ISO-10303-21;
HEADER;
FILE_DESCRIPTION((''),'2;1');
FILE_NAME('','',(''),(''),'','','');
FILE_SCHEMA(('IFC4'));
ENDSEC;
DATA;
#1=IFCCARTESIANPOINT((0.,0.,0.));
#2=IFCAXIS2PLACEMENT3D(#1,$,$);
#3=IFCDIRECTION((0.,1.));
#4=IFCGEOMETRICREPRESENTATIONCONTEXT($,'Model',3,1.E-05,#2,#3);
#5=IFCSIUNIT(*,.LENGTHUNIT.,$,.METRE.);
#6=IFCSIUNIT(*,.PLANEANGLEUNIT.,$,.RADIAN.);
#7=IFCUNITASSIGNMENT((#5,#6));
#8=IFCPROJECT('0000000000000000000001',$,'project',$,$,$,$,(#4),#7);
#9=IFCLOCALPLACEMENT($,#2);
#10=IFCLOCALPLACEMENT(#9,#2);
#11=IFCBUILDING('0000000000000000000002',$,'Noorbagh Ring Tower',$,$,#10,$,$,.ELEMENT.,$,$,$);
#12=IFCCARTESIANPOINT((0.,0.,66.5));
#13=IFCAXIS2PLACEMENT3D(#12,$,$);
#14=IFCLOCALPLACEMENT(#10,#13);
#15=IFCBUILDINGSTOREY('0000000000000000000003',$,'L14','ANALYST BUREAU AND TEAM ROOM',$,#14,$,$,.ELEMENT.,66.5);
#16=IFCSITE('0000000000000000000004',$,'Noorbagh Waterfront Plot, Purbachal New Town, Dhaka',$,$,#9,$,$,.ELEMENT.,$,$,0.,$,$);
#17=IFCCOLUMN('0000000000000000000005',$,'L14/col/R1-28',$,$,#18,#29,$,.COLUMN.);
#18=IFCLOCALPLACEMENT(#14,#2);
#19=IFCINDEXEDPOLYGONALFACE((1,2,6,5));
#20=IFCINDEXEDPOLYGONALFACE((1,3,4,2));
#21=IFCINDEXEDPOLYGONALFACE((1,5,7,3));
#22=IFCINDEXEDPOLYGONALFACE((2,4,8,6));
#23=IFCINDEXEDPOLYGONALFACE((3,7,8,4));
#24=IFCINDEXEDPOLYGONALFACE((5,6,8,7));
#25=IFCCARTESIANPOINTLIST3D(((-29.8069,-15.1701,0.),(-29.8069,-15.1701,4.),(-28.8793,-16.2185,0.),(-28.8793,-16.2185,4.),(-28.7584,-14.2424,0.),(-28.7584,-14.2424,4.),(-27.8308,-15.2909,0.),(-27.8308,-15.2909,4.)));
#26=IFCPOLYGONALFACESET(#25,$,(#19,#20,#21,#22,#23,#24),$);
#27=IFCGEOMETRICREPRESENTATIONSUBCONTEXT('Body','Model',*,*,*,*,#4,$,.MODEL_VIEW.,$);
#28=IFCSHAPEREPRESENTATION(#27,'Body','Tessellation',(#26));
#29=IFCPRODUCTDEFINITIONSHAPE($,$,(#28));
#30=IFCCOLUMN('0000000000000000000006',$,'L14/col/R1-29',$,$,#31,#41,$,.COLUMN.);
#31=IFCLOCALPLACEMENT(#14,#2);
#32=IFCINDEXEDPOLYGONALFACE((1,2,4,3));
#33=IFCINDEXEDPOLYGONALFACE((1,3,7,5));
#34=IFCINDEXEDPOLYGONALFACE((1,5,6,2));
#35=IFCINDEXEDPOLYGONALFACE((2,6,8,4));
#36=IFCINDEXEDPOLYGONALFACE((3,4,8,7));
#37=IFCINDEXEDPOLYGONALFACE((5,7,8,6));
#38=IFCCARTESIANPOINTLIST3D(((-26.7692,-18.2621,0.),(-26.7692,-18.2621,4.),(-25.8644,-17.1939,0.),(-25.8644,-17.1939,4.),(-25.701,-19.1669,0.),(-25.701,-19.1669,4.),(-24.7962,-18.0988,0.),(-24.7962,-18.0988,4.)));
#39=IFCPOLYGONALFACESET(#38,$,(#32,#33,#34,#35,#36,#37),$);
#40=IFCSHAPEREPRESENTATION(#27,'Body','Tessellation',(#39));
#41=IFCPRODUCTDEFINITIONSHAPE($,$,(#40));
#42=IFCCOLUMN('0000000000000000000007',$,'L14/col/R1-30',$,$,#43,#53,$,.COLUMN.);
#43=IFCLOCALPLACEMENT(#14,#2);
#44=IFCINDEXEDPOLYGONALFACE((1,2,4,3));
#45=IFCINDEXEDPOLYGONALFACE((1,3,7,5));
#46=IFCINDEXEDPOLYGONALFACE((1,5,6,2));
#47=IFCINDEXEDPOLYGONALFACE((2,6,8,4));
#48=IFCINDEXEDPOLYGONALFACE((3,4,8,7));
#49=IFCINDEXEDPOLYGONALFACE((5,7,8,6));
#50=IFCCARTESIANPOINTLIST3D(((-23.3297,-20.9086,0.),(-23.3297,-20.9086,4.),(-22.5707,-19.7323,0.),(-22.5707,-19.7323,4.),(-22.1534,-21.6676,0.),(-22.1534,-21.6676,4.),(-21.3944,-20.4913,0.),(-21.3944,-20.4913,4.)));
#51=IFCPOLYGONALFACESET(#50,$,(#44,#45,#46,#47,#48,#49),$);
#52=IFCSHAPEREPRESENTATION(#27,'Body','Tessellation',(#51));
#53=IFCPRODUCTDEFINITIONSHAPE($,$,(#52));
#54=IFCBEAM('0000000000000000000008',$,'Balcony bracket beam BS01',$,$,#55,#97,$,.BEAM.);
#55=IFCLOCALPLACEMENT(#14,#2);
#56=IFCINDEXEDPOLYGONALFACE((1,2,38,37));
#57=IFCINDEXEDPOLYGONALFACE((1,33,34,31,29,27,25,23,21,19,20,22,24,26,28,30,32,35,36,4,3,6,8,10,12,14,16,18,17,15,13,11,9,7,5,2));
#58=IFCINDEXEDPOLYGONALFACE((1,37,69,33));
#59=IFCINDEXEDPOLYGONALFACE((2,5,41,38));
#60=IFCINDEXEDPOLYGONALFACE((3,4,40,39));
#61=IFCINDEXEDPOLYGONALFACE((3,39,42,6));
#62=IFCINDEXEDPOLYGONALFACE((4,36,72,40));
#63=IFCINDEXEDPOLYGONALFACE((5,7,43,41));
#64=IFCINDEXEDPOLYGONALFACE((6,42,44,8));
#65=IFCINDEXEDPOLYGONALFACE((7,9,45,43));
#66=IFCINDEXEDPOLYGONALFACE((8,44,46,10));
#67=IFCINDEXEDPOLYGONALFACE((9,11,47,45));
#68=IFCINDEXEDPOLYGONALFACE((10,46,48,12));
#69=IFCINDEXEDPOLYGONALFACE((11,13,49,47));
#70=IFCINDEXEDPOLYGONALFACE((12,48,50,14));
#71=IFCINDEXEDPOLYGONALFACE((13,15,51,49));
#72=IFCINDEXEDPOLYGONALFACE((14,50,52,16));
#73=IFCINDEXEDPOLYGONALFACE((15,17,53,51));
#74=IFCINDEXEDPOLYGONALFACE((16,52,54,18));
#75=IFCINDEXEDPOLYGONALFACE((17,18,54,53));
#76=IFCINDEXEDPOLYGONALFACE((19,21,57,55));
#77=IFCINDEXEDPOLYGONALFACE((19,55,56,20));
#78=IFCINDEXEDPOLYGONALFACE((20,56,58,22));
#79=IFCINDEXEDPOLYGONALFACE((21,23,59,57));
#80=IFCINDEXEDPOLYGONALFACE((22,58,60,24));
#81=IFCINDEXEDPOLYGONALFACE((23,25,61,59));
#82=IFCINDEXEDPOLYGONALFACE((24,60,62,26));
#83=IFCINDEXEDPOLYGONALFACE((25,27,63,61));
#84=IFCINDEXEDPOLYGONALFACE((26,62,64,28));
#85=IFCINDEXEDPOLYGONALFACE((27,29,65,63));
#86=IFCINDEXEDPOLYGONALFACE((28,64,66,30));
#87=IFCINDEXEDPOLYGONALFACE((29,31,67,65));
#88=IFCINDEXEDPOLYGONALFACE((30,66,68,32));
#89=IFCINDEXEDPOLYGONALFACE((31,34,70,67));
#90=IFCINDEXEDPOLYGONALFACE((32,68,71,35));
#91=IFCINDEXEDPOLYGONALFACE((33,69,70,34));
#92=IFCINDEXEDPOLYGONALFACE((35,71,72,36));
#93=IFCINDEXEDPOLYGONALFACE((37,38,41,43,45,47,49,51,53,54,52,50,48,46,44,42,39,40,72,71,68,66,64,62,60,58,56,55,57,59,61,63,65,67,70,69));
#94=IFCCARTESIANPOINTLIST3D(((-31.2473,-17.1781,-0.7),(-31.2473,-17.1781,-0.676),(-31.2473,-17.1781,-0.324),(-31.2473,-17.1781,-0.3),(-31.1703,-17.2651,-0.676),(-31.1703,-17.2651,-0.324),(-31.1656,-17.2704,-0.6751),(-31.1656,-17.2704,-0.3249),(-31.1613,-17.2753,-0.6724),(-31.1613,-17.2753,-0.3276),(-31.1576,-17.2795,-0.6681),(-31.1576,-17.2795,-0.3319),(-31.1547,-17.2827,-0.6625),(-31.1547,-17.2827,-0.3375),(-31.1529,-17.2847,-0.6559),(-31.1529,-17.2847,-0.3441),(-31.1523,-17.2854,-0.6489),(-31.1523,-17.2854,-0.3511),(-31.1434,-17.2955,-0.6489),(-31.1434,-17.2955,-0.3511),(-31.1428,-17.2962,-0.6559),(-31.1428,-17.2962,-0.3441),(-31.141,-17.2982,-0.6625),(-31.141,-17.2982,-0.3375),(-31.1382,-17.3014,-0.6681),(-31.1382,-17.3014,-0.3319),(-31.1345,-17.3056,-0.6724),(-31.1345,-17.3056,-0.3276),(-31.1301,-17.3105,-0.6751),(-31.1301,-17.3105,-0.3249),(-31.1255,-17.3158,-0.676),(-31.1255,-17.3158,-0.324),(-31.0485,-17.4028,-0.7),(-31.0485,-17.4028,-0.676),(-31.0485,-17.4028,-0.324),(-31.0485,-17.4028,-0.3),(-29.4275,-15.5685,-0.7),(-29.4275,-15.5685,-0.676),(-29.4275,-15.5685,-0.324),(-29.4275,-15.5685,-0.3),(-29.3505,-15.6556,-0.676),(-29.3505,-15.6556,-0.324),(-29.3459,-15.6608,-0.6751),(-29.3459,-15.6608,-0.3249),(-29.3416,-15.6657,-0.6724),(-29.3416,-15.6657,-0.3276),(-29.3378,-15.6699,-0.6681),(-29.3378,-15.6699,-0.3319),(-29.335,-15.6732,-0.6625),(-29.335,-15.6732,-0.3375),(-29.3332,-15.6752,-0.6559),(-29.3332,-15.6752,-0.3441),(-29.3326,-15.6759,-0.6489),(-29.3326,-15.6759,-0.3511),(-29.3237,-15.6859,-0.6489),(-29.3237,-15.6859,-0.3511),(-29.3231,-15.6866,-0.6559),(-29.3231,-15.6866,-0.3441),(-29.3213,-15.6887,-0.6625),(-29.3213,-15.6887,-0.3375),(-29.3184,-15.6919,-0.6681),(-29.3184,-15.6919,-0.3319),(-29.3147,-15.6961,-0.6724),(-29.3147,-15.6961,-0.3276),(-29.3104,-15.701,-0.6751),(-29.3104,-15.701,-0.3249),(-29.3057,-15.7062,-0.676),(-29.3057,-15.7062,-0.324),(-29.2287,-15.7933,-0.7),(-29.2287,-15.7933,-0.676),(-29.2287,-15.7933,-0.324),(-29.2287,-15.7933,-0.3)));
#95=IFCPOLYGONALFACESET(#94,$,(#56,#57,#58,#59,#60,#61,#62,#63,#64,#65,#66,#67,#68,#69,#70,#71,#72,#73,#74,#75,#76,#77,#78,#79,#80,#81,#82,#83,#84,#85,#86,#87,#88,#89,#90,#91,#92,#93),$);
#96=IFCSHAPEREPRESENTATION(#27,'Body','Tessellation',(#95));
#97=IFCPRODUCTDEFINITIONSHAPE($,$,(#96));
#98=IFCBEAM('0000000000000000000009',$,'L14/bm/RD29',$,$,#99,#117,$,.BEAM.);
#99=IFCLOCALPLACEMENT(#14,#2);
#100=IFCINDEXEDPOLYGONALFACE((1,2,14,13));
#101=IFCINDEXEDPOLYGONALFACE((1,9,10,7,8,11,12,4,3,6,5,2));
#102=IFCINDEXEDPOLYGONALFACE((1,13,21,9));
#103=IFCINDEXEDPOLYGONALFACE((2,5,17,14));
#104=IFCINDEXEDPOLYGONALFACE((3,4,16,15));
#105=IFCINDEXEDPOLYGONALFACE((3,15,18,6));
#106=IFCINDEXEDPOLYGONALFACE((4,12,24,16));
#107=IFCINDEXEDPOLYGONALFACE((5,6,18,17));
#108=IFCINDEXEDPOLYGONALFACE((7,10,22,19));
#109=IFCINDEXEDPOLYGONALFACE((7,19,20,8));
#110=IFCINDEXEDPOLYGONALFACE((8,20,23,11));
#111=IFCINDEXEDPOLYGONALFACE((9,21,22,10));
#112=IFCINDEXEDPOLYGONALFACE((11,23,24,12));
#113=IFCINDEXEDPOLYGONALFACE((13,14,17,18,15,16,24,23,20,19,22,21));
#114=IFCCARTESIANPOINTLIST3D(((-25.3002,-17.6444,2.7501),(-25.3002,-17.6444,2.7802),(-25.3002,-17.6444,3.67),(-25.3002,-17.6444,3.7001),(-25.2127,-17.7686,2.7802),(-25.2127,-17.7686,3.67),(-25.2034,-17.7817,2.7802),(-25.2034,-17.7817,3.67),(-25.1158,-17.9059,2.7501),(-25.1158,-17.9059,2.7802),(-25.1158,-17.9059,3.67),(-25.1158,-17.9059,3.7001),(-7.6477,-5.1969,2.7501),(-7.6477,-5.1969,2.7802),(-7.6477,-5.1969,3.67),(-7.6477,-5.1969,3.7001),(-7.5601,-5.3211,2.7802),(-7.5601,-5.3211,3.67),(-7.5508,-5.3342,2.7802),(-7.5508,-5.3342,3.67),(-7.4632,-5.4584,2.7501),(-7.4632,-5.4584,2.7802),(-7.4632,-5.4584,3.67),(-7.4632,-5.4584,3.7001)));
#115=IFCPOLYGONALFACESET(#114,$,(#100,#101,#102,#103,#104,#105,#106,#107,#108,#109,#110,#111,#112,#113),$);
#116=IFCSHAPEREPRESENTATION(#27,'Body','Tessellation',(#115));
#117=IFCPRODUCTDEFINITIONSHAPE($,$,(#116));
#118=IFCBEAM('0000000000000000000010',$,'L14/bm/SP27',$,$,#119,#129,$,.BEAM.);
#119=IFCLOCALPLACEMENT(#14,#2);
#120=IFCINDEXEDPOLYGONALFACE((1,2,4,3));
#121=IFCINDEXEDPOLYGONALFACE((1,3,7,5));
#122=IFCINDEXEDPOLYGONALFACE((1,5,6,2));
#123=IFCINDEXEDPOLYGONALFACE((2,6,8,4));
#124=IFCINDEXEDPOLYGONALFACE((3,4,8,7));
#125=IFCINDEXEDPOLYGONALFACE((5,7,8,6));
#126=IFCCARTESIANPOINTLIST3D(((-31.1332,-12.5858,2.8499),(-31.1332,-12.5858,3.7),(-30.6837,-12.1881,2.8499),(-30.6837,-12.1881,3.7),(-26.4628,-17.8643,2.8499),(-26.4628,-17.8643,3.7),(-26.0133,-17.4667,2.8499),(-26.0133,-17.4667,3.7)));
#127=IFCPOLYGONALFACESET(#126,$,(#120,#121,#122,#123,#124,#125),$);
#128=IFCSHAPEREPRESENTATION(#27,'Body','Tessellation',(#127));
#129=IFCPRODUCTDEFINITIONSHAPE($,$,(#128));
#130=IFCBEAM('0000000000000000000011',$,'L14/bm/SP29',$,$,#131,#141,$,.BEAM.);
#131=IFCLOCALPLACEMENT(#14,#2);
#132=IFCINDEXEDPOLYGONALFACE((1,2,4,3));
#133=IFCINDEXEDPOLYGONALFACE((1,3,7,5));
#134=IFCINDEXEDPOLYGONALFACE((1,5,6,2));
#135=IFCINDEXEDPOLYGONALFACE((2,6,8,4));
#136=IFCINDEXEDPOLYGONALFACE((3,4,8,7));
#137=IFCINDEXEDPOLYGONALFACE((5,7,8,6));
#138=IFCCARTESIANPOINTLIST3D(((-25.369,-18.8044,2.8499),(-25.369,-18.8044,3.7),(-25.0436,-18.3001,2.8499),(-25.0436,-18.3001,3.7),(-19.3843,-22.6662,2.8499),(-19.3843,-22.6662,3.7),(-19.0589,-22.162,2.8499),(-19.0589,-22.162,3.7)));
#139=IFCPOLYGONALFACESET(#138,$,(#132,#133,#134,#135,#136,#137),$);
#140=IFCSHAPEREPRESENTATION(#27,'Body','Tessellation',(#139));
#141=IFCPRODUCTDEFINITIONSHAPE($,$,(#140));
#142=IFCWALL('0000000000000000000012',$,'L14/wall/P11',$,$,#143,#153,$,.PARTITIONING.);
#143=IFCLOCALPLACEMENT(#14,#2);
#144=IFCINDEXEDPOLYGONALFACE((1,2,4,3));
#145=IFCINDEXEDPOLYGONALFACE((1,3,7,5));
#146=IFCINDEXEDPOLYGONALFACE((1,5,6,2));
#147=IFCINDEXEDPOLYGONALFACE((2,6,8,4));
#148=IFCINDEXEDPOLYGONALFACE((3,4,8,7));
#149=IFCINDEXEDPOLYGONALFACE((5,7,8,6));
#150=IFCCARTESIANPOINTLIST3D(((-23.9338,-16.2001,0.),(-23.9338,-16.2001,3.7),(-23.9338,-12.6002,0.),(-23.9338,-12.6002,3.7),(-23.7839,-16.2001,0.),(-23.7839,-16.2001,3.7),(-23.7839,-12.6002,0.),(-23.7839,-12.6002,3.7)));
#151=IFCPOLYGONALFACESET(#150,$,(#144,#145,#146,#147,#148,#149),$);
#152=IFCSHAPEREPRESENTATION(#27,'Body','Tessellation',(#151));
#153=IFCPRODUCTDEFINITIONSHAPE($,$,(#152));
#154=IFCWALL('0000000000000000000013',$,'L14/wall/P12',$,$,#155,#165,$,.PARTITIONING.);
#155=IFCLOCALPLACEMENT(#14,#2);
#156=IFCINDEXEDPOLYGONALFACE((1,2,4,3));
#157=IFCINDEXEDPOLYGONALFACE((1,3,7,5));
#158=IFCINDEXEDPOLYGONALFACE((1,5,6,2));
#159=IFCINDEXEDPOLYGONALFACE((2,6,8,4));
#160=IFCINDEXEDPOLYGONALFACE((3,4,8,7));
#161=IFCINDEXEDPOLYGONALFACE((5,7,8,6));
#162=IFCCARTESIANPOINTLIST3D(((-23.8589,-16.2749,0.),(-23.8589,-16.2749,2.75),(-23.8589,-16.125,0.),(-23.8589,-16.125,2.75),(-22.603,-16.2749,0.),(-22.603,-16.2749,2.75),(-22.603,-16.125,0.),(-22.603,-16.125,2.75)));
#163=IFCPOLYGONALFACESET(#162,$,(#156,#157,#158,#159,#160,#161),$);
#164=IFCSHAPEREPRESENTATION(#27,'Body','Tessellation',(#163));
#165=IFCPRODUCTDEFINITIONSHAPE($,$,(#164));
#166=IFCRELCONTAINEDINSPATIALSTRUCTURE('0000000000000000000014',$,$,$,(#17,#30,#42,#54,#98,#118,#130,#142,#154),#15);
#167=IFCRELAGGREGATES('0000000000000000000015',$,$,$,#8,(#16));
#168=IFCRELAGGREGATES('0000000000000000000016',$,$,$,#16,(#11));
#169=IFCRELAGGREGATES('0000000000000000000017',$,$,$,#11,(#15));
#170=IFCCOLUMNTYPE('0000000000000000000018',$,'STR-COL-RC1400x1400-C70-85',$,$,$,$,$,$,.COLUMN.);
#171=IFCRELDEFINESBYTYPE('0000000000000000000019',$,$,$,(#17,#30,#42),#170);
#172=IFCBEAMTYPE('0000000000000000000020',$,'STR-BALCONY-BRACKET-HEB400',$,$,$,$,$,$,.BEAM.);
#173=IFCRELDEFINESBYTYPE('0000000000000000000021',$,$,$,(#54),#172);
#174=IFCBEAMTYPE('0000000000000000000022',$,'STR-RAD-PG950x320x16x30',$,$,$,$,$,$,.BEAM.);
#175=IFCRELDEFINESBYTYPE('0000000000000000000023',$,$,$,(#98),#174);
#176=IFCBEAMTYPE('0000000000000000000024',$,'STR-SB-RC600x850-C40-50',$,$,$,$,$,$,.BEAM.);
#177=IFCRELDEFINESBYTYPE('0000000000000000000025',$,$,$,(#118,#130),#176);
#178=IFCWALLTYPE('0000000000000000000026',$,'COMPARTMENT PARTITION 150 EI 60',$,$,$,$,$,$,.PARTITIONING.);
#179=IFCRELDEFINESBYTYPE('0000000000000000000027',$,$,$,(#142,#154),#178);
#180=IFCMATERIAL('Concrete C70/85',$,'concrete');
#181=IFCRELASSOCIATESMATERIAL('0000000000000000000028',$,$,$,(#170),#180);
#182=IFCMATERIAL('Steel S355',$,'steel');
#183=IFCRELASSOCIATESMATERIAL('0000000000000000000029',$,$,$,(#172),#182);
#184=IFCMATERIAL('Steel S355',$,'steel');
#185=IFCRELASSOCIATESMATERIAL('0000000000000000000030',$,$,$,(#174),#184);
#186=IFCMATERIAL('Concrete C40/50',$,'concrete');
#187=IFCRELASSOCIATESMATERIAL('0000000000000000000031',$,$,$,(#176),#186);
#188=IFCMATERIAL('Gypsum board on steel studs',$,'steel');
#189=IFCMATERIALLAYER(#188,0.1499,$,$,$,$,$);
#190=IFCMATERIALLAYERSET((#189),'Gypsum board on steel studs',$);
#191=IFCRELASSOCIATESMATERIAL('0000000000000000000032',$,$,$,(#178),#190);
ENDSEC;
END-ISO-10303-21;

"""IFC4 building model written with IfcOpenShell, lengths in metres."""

from ifc_helpers import new_model, si_unit, direction, frame, frame_2d, origin, origin_2d, place, context, subcontext, project, spatial, rectangle, i_section, extrude, material, layer, layer_set, material_profile, profile_set, type_object, element, save


model = new_model("IFC4")

# Units and contexts
model_context = context("Model", 3, precision=1e-05, world=origin(), true_north=direction((0.0, 1.0)))
body_context = subcontext(model_context, "Body", "Model", "MODEL_VIEW")
ifc_project = project(units=[si_unit("LENGTHUNIT", "METRE"), si_unit("PLANEANGLEUNIT", "RADIAN")], contexts=[model_context])

# Site, building, storey
site_placement = place(None, origin())
site = spatial("IfcSite", under=ifc_project, at=site_placement, Name="Noorbagh Waterfront Plot, Purbachal New Town, Dhaka", CompositionType="ELEMENT", RefElevation=0.0)
building_placement = place(site_placement, origin())
building = spatial("IfcBuilding", under=site, at=building_placement, Name="Noorbagh Ring Tower", CompositionType="ELEMENT")
storey_placement = place(building_placement, frame((0.0, 0.0, 66.5)))
storey = spatial("IfcBuildingStorey", under=building, at=storey_placement, Name="L14", Description="ANALYST BUREAU AND TEAM ROOM", CompositionType="ELEMENT", Elevation=66.5)

# Columns
ifc_material_1 = material(Name="Concrete C70/85", Category="concrete")
ifc_material_profile_1 = material_profile(ifc_material_1, rectangle(XDim=1.3999, YDim=1.3999, at=origin_2d()), Name="RC1400x1400")
ifc_profile_set_1 = profile_set([ifc_material_profile_1], Name="Concrete C70/85")
column_type = type_object("IfcColumnType", Name="STR-COL-RC1400x1400-C70-85", PredefinedType="COLUMN", material=ifc_profile_set_1)
for number, where, z_axis, x_axis, name in (
    (1, (-28.8188, -15.2305, 0.0), (0.0, 0.0, 1.0), (0.662636, -0.748942, 0.0), "L14/col/R1-28"),
    (2, (-25.7827, -18.1804, 0.0), (0.0, 0.0, 1.0), (0.763035, -0.646357, 0.0), "L14/col/R1-29"),
    (3, (-22.3621, -20.7, 0.0), (0.0, 0.0, 1.0), (0.840248, -0.542203, 0.0), "L14/col/R1-30"),
):
    element("IfcColumn", number, at=place(storey_placement, frame(where, z_axis=z_axis, x_axis=x_axis)), inside=storey, type_object=column_type, Name=name, PredefinedType="COLUMN", context=body_context, shape_type="SweptSolid", body=[
        extrude(rectangle(XDim=1.3999, YDim=1.3999, at=origin_2d()), origin(), (0.0, 0.0, 1.0), 4.0),
    ])

# Beams
ifc_material_2 = material(Name="Steel S355", Category="steel")
ifc_material_profile_2 = material_profile(ifc_material_2, i_section(OverallWidth=0.3, OverallDepth=0.3999, WebThickness=0.0134, FlangeThickness=0.0239, FilletRadius=0.0271, at=origin_2d()), Name="HEB400")
ifc_profile_set_2 = profile_set([ifc_material_profile_2], Name="Steel S355")
beam_type_1 = type_object("IfcBeamType", Name="STR-BALCONY-BRACKET-HEB400", PredefinedType="BEAM", material=ifc_profile_set_2)
beam_1_placement = place(storey_placement, frame((-29.3281, -15.6809, -0.5), z_axis=(-0.749043, -0.662522, 0.0), x_axis=(0.662522, -0.749043, 0.0)))
element("IfcBeam", 4, at=beam_1_placement, inside=storey, type_object=beam_type_1, Name="Balcony bracket beam BS01", PredefinedType="BEAM", context=body_context, shape_type="SweptSolid", body=[
    extrude(i_section(OverallWidth=0.3, OverallDepth=0.3999, WebThickness=0.0134, FlangeThickness=0.0239, FilletRadius=0.0271, at=origin_2d()), origin(), (0.0, 0.0, 1.0), 2.4294),
])
ifc_material_3 = material(Name="Steel S355", Category="steel")
ifc_material_profile_3 = material_profile(ifc_material_3, i_section(OverallWidth=0.3201, OverallDepth=0.95, WebThickness=0.0161, FlangeThickness=0.03, at=origin_2d()), Name="PG950x320x16x30")
ifc_profile_set_3 = profile_set([ifc_material_profile_3], Name="Steel S355")
beam_type_2 = type_object("IfcBeamType", Name="STR-RAD-PG950x320x16x30", PredefinedType="BEAM", material=ifc_profile_set_3)
beam_2_placement = place(storey_placement, frame((-25.208, -17.7751, 3.2251), z_axis=(0.817254, 0.576277, 0.0), x_axis=(-0.576277, 0.817254, 0.0)))
element("IfcBeam", 5, at=beam_2_placement, inside=storey, type_object=beam_type_2, Name="L14/bm/RD29", PredefinedType="BEAM", context=body_context, shape_type="SweptSolid", body=[
    extrude(i_section(OverallWidth=0.3201, OverallDepth=0.95, WebThickness=0.0161, FlangeThickness=0.03, at=origin_2d()), origin(), (0.0, 0.0, 1.0), 21.5999),
])
ifc_material_4 = material(Name="Concrete C40/50", Category="concrete")
ifc_material_profile_4 = material_profile(ifc_material_4, rectangle(XDim=0.6001, YDim=0.8501, at=origin_2d()), Name="RC600x850")
ifc_profile_set_4 = profile_set([ifc_material_profile_4], Name="Concrete C40/50")
beam_type_3 = type_object("IfcBeamType", Name="STR-SB-RC600x850-C40-50", PredefinedType="BEAM", material=ifc_profile_set_4)
beam_3_placement = place(storey_placement, frame((-30.9084, -12.387, 3.2749), z_axis=(0.662646, -0.748932, 0.0), x_axis=(0.748932, 0.662646, 0.0)))
element("IfcBeam", 6, at=beam_3_placement, inside=storey, type_object=beam_type_3, Name="L14/bm/SP27", PredefinedType="BEAM", context=body_context, shape_type="SweptSolid", body=[
    extrude(rectangle(XDim=0.6001, YDim=0.8501, at=origin_2d()), origin(), (0.0, 0.0, 1.0), 7.0481),
])
beam_4_placement = place(storey_placement, frame((-25.2063, -18.5522, 3.2749), z_axis=(0.840247, -0.542203, 0.0), x_axis=(0.542203, 0.840247, 0.0)))
element("IfcBeam", 7, at=beam_4_placement, inside=storey, type_object=beam_type_3, Name="L14/bm/SP29", PredefinedType="BEAM", context=body_context, shape_type="SweptSolid", body=[
    extrude(rectangle(XDim=0.6001, YDim=0.8501, at=origin_2d()), origin(), (0.0, 0.0, 1.0), 7.1226),
])

# Walls
ifc_material_5 = material(Name="Gypsum board on steel studs", Category="steel")
ifc_layer_1 = layer(ifc_material_5, 0.1499)
ifc_layer_set_1 = layer_set([ifc_layer_1], Name="Gypsum board on steel studs")
wall_type_1 = type_object("IfcWallType", Name="COMPARTMENT PARTITION 150 EI 60", PredefinedType="PARTITIONING", material=ifc_layer_set_1)
wall_1_placement = place(storey_placement, frame((-23.8589, -16.2, 0.0), z_axis=(0.0, 0.0, 1.0), x_axis=(0.0, 1.0, 0.0)))
element("IfcWall", 8, at=wall_1_placement, inside=storey, type_object=wall_type_1, Name="L14/wall/P11", PredefinedType="PARTITIONING", context=body_context, shape_type="SweptSolid", body=[
    extrude(rectangle(XDim=3.5999, YDim=0.1499, at=frame_2d((1.7998, 0.0))), origin(), (0.0, 0.0, 1.0), 3.7),
])
wall_2_placement = place(storey_placement, frame((-23.8589, -16.2, 0.0), z_axis=(0.0, 0.0, 1.0), x_axis=(1.0, 0.0, 0.0)))
element("IfcWall", 9, at=wall_2_placement, inside=storey, type_object=wall_type_1, Name="L14/wall/P12", PredefinedType="PARTITIONING", context=body_context, shape_type="SweptSolid", body=[
    extrude(rectangle(XDim=1.2559, YDim=0.1499, at=frame_2d((0.6279, 0.0))), origin(), (0.0, 0.0, 1.0), 2.75),
])

save(model, "model.ifc")
